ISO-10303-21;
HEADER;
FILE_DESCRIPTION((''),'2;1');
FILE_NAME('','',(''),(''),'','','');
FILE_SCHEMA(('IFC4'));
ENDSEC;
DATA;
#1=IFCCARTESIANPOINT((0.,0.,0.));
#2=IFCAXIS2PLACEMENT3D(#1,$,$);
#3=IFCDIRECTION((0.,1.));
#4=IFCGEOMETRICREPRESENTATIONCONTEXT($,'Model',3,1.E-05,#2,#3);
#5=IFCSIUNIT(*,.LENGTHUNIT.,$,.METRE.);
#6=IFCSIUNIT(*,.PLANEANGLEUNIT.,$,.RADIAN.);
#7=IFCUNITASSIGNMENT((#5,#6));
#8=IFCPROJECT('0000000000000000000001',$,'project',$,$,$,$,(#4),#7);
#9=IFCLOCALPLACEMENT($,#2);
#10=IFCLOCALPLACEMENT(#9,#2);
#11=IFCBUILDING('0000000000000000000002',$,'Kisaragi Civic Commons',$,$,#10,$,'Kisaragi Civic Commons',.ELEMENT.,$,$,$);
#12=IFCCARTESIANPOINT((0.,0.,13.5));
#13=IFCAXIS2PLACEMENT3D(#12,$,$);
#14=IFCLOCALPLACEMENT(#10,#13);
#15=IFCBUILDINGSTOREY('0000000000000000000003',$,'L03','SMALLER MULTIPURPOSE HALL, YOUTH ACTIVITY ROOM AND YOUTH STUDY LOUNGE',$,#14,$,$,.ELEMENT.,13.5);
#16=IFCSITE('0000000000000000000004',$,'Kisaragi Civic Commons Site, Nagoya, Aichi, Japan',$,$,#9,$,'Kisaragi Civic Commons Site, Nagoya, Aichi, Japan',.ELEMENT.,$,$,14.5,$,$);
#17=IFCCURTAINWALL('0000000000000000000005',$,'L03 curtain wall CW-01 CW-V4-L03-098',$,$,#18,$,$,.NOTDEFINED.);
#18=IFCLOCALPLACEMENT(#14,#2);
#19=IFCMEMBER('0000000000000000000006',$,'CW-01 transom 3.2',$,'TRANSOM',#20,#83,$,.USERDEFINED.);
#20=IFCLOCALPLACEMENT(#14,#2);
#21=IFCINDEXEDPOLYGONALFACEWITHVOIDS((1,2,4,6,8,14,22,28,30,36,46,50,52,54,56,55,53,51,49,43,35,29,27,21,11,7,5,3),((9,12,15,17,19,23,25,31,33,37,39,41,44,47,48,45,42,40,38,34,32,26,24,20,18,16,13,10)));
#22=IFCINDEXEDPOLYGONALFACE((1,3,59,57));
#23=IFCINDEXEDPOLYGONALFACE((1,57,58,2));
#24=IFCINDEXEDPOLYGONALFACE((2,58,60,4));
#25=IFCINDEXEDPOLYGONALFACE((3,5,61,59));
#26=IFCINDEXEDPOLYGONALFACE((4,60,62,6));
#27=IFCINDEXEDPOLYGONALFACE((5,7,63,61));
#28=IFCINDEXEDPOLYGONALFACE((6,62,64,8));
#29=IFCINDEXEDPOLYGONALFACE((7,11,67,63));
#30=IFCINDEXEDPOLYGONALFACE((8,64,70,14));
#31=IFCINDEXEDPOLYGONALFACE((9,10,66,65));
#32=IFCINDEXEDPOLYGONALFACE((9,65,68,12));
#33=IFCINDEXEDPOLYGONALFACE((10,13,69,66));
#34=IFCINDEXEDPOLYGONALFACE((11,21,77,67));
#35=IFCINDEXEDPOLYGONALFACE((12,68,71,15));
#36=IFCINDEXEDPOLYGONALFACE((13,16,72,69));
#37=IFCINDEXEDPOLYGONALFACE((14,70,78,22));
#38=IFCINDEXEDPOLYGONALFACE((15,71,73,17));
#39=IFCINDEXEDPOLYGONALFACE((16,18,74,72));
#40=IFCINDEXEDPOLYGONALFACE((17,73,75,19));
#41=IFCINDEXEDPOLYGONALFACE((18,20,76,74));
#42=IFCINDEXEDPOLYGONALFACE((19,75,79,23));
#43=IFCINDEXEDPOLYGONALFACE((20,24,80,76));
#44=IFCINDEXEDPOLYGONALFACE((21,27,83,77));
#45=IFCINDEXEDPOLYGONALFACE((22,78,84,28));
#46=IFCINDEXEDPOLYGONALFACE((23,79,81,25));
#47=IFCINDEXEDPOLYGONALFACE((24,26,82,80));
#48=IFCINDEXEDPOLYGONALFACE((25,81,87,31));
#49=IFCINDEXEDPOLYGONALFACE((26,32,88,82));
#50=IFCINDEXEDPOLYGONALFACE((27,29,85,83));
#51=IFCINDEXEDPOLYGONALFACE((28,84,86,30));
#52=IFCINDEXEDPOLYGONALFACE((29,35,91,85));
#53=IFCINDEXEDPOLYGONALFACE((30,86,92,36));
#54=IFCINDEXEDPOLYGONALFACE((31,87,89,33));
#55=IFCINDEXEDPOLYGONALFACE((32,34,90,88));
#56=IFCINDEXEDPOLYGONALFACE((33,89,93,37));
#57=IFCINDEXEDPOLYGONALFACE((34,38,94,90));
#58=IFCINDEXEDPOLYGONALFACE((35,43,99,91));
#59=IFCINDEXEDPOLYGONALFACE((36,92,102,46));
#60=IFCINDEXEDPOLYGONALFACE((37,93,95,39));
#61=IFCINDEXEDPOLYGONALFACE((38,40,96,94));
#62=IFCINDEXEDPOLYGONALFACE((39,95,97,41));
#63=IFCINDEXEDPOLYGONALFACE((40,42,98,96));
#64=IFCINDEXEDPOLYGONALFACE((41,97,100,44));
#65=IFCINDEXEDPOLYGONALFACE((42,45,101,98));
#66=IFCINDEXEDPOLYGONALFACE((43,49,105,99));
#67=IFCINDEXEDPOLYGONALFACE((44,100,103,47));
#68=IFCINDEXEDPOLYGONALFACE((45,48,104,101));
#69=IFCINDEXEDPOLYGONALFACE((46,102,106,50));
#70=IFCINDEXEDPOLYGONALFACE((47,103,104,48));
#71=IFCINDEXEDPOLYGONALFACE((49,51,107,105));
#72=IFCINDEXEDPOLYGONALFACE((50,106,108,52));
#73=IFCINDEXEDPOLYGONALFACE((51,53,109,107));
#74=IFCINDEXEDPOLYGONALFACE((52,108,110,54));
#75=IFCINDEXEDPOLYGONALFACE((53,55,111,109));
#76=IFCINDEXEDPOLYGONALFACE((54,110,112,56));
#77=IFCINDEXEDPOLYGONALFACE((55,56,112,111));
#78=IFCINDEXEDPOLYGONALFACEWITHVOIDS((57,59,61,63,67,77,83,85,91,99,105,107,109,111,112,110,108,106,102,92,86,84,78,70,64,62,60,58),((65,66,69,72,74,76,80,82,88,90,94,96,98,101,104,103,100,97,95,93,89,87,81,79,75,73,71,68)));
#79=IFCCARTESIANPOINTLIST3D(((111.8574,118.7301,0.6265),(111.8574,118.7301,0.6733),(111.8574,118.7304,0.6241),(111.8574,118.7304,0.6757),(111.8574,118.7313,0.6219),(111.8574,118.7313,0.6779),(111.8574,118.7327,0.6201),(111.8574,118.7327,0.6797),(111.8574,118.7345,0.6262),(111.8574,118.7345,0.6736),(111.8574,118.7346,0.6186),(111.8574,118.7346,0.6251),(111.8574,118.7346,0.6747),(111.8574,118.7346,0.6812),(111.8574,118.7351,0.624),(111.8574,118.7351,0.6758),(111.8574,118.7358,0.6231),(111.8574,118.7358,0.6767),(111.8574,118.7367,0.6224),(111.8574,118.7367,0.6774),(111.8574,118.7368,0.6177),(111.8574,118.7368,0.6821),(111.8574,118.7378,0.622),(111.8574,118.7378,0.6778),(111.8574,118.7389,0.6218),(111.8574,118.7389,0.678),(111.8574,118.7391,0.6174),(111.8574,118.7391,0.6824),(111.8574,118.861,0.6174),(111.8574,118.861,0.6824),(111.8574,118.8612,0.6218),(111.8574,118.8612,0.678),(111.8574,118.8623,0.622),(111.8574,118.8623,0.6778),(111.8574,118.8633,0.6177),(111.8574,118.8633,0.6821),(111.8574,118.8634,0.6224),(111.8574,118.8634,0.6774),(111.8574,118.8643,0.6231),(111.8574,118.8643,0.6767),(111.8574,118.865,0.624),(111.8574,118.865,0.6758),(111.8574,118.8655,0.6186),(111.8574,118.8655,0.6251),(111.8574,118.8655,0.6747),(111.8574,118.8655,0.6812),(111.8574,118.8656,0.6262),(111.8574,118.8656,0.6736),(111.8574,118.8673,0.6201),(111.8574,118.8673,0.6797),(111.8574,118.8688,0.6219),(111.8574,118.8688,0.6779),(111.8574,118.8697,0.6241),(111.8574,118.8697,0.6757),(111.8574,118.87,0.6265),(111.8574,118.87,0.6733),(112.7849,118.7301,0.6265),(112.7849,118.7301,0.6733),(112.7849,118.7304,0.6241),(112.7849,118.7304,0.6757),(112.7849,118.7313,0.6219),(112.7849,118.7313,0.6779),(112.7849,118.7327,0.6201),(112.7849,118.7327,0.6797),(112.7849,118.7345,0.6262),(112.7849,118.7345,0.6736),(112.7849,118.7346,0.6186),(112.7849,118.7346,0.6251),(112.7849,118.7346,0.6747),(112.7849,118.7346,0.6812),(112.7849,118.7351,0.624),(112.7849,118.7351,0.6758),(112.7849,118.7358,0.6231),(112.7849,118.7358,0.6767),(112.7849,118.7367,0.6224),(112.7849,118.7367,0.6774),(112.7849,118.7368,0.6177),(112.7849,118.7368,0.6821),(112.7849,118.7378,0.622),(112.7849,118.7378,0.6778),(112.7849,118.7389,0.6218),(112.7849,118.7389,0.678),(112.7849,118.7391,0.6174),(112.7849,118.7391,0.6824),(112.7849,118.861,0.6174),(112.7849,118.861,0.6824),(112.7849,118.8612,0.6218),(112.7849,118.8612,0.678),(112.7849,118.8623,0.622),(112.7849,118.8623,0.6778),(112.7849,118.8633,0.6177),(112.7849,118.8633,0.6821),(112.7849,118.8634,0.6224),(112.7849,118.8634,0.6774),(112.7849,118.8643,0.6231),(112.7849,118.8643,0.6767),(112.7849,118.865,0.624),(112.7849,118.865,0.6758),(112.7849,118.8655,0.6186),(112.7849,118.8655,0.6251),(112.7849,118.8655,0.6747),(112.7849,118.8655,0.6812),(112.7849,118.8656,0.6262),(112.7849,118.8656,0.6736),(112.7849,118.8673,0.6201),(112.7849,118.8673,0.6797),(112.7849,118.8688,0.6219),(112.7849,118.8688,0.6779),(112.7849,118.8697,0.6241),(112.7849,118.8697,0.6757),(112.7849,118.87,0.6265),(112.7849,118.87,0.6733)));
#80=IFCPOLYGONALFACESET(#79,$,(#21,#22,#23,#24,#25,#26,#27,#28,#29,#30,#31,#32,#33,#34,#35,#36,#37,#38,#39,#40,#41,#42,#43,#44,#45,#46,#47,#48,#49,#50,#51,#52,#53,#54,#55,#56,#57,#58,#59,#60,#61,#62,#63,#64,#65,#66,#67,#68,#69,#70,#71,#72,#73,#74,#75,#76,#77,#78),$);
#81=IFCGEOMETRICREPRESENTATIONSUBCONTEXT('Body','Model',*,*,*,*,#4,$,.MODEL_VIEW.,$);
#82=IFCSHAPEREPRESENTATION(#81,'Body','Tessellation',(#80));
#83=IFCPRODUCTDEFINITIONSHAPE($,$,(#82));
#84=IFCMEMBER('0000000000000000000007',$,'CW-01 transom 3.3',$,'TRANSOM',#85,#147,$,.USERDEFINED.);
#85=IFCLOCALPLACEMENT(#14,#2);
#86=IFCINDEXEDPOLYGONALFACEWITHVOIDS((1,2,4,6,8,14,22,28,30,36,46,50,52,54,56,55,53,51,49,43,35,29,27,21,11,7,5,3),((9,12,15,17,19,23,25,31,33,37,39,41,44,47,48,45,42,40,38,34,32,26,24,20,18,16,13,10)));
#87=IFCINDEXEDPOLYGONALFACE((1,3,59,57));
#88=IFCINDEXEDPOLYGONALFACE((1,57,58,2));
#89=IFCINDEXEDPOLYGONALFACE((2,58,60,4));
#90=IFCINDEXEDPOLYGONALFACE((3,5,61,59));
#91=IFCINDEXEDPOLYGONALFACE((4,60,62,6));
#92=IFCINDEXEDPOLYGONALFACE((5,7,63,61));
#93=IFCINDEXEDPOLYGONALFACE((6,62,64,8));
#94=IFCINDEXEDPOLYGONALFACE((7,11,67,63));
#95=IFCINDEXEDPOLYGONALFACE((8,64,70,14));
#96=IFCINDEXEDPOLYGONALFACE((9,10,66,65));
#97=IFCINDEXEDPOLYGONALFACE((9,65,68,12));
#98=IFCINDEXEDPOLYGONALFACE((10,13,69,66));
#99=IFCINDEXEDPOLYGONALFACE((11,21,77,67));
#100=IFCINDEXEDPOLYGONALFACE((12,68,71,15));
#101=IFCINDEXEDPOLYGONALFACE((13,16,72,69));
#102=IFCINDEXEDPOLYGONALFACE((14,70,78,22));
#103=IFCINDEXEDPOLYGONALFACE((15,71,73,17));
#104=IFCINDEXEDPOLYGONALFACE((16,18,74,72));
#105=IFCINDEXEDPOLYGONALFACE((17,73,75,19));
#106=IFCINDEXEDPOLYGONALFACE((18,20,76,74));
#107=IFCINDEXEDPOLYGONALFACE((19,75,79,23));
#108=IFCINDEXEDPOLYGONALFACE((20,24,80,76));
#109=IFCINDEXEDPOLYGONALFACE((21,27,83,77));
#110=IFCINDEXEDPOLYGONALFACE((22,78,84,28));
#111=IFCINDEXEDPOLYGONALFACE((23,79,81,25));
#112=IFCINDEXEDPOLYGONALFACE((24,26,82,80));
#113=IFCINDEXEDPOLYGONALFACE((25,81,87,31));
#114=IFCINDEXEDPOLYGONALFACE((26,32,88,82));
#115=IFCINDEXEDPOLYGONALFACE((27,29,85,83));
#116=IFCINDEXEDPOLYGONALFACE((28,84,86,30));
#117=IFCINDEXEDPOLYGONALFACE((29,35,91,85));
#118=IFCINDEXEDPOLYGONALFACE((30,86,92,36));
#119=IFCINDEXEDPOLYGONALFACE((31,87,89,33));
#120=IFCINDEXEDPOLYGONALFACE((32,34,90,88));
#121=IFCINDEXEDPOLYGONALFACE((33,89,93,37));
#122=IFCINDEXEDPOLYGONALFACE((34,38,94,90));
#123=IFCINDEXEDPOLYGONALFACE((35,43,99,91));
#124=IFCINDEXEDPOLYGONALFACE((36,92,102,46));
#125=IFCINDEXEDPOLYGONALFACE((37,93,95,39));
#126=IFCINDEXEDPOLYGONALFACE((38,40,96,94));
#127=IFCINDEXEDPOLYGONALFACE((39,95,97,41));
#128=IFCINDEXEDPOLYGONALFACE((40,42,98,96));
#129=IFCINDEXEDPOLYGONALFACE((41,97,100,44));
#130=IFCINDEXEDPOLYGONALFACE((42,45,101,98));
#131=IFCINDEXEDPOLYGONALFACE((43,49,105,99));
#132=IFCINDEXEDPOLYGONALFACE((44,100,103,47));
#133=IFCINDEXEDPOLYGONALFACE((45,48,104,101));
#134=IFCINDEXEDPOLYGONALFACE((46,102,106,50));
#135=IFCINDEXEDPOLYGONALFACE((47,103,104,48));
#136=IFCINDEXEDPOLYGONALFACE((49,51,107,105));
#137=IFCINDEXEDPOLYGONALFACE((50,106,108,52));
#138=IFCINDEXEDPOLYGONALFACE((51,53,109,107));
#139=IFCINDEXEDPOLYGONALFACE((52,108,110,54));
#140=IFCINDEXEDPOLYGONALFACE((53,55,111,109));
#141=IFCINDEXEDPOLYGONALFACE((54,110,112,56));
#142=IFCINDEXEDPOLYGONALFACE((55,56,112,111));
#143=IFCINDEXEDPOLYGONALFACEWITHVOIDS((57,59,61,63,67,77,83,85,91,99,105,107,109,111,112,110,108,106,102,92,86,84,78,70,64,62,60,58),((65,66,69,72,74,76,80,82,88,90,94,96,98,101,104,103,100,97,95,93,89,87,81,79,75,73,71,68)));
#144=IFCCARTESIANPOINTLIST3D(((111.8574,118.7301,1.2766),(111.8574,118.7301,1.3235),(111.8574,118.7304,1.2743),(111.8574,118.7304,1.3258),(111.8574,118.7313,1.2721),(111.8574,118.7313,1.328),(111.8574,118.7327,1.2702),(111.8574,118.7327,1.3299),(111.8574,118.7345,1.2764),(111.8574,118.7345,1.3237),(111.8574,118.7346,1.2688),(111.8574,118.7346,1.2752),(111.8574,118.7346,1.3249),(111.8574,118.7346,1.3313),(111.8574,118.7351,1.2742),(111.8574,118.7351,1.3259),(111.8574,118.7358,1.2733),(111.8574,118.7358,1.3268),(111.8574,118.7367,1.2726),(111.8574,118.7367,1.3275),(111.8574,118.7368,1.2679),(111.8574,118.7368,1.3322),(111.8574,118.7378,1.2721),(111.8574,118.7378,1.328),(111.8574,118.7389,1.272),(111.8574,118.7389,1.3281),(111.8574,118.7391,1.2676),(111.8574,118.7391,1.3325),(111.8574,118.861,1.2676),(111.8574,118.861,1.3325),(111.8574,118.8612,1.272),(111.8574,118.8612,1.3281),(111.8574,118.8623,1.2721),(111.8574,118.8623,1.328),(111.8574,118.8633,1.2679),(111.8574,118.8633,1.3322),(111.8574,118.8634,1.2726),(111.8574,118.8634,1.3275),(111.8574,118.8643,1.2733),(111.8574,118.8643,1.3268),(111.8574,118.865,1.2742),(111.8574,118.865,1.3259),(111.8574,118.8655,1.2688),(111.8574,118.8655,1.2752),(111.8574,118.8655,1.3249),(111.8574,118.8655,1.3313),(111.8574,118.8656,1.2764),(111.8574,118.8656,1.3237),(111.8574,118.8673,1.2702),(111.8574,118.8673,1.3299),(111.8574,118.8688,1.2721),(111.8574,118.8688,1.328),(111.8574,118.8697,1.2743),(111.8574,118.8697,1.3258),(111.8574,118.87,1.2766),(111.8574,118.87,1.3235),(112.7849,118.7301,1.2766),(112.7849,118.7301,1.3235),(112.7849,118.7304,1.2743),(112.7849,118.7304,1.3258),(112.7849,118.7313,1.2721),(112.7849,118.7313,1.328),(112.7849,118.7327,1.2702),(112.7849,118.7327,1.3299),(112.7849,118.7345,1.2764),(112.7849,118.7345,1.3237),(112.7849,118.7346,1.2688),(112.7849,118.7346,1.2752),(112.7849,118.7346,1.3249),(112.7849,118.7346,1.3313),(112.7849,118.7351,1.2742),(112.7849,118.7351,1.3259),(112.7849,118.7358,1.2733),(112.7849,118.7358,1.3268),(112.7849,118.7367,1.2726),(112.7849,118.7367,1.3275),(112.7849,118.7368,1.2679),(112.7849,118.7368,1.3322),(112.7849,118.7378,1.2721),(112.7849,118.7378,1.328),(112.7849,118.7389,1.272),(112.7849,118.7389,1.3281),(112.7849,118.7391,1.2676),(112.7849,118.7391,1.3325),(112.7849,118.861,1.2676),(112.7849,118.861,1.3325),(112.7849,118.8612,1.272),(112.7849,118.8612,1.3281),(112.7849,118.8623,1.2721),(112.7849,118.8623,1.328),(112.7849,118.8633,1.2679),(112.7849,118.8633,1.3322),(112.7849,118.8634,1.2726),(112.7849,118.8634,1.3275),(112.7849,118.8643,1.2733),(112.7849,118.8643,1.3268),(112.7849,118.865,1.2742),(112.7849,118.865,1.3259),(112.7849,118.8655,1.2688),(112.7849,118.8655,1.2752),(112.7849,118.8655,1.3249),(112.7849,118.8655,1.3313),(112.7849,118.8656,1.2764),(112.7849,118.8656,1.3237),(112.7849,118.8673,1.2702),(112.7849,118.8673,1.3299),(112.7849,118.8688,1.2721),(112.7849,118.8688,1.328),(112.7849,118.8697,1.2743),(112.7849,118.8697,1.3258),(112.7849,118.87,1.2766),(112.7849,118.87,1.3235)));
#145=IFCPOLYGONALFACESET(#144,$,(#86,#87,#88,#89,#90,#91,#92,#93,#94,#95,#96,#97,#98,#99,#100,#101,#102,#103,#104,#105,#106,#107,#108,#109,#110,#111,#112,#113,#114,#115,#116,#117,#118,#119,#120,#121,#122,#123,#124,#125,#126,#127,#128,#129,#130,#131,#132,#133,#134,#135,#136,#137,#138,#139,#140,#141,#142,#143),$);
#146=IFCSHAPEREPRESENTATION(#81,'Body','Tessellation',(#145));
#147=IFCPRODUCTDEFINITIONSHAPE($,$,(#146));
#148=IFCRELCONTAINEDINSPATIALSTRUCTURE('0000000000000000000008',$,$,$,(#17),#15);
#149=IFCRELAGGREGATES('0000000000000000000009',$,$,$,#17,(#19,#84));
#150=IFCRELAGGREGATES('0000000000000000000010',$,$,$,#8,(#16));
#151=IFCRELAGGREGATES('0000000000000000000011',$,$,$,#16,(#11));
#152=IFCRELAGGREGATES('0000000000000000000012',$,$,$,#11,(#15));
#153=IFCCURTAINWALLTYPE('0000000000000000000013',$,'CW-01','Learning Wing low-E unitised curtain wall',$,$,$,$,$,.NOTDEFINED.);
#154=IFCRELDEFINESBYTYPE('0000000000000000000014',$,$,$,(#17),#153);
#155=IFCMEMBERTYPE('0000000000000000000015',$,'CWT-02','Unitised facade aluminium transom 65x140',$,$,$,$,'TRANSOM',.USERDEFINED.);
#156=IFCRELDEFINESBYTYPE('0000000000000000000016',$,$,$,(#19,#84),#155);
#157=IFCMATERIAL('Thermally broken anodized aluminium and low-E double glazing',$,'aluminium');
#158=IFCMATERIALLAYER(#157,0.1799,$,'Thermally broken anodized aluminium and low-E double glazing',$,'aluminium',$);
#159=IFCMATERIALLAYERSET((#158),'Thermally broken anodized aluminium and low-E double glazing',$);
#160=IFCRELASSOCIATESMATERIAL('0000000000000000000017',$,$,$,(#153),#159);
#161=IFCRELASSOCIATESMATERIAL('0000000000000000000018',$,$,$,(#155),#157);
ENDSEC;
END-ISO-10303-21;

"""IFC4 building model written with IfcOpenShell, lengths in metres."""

from ifc_helpers import new_model, si_unit, direction, frame, origin, origin_2d, place, context, subcontext, project, spatial, hollow_rectangle, extrude, material, layer, layer_set, material_profile, profile_set, type_object, element, aggregate, save


model = new_model("IFC4")

# Units and contexts
model_context = context("Model", 3, precision=1e-05, world=origin(), true_north=direction((0.0, 1.0)))
body_context = subcontext(model_context, "Body", "Model", "MODEL_VIEW")
ifc_project = project(units=[si_unit("LENGTHUNIT", "METRE"), si_unit("PLANEANGLEUNIT", "RADIAN")], contexts=[model_context])

# Site, building, storey
site_placement = place(None, origin())
site = spatial("IfcSite", under=ifc_project, at=site_placement, Name="Kisaragi Civic Commons Site, Nagoya, Aichi, Japan", LongName="Kisaragi Civic Commons Site, Nagoya, Aichi, Japan", CompositionType="ELEMENT", RefElevation=14.5)
building_placement = place(site_placement, origin())
building = spatial("IfcBuilding", under=site, at=building_placement, Name="Kisaragi Civic Commons", LongName="Kisaragi Civic Commons", CompositionType="ELEMENT")
storey_placement = place(building_placement, frame((0.0, 0.0, 13.5)))
storey = spatial("IfcBuildingStorey", under=building, at=storey_placement, Name="L03", Description="SMALLER MULTIPURPOSE HALL, YOUTH ACTIVITY ROOM AND YOUTH STUDY LOUNGE", CompositionType="ELEMENT", Elevation=13.5)

# Curtain wall, members
ifc_material = material(Name="Thermally broken anodized aluminium and low-E double glazing", Category="aluminium")
ifc_layer_1 = layer(ifc_material, 0.1799, Name="Thermally broken anodized aluminium and low-E double glazing", Category="aluminium")
ifc_layer_set_1 = layer_set([ifc_layer_1], Name="Thermally broken anodized aluminium and low-E double glazing")
curtain_wall_type = type_object("IfcCurtainWallType", Name="CW-01", Description="Learning Wing low-E unitised curtain wall", PredefinedType="NOTDEFINED", material=ifc_layer_set_1)
curtain_wall_placement = place(storey_placement, origin())
curtain_wall = element("IfcCurtainWall", 1, at=curtain_wall_placement, inside=storey, type_object=curtain_wall_type, Name="L03 curtain wall CW-01 CW-V4-L03-098", PredefinedType="NOTDEFINED")
ifc_material_profile_1 = material_profile(ifc_material, hollow_rectangle(XDim=0.1399, YDim=0.0649, WallThickness=0.0044, InnerFilletRadius=0.0044, OuterFilletRadius=0.009, at=origin_2d()), Name="CWT-65x140x4.5", Category="aluminium")
ifc_profile_set_1 = profile_set([ifc_material_profile_1], Name="Thermally broken anodized aluminium and low-E double glazing")
member_type_1 = type_object("IfcMemberType", Name="CWT-02", Description="Unitised facade aluminium transom 65x140", ElementType="TRANSOM", PredefinedType="USERDEFINED", material=ifc_profile_set_1)
member_1_placement = place(storey_placement, frame((111.8574, 118.8, 0.6499), z_axis=(1.0, 0.0, 0.0), x_axis=(0.0, 1.0, 0.0)))
member_1 = element("IfcMember", 2, at=member_1_placement, type_object=member_type_1, Name="CW-01 transom 3.2", ObjectType="TRANSOM", PredefinedType="USERDEFINED", context=body_context, shape_type="SweptSolid", body=[
    extrude(hollow_rectangle(XDim=0.1399, YDim=0.0649, WallThickness=0.0044, InnerFilletRadius=0.0044, OuterFilletRadius=0.009, at=origin_2d()), origin(), (0.0, 0.0, 1.0), 0.9275),
])
member_2_placement = place(storey_placement, frame((111.8574, 118.8, 1.3), z_axis=(1.0, 0.0, 0.0), x_axis=(0.0, 1.0, 0.0)))
member_2 = element("IfcMember", 3, at=member_2_placement, type_object=member_type_1, Name="CW-01 transom 3.3", ObjectType="TRANSOM", PredefinedType="USERDEFINED", context=body_context, shape_type="SweptSolid", body=[
    extrude(hollow_rectangle(XDim=0.1399, YDim=0.0649, WallThickness=0.0044, InnerFilletRadius=0.0044, OuterFilletRadius=0.009, at=origin_2d()), origin(), (0.0, 0.0, 1.0), 0.9275),
])
aggregate(curtain_wall, [member_1, member_2])

save(model, "model.ifc")
